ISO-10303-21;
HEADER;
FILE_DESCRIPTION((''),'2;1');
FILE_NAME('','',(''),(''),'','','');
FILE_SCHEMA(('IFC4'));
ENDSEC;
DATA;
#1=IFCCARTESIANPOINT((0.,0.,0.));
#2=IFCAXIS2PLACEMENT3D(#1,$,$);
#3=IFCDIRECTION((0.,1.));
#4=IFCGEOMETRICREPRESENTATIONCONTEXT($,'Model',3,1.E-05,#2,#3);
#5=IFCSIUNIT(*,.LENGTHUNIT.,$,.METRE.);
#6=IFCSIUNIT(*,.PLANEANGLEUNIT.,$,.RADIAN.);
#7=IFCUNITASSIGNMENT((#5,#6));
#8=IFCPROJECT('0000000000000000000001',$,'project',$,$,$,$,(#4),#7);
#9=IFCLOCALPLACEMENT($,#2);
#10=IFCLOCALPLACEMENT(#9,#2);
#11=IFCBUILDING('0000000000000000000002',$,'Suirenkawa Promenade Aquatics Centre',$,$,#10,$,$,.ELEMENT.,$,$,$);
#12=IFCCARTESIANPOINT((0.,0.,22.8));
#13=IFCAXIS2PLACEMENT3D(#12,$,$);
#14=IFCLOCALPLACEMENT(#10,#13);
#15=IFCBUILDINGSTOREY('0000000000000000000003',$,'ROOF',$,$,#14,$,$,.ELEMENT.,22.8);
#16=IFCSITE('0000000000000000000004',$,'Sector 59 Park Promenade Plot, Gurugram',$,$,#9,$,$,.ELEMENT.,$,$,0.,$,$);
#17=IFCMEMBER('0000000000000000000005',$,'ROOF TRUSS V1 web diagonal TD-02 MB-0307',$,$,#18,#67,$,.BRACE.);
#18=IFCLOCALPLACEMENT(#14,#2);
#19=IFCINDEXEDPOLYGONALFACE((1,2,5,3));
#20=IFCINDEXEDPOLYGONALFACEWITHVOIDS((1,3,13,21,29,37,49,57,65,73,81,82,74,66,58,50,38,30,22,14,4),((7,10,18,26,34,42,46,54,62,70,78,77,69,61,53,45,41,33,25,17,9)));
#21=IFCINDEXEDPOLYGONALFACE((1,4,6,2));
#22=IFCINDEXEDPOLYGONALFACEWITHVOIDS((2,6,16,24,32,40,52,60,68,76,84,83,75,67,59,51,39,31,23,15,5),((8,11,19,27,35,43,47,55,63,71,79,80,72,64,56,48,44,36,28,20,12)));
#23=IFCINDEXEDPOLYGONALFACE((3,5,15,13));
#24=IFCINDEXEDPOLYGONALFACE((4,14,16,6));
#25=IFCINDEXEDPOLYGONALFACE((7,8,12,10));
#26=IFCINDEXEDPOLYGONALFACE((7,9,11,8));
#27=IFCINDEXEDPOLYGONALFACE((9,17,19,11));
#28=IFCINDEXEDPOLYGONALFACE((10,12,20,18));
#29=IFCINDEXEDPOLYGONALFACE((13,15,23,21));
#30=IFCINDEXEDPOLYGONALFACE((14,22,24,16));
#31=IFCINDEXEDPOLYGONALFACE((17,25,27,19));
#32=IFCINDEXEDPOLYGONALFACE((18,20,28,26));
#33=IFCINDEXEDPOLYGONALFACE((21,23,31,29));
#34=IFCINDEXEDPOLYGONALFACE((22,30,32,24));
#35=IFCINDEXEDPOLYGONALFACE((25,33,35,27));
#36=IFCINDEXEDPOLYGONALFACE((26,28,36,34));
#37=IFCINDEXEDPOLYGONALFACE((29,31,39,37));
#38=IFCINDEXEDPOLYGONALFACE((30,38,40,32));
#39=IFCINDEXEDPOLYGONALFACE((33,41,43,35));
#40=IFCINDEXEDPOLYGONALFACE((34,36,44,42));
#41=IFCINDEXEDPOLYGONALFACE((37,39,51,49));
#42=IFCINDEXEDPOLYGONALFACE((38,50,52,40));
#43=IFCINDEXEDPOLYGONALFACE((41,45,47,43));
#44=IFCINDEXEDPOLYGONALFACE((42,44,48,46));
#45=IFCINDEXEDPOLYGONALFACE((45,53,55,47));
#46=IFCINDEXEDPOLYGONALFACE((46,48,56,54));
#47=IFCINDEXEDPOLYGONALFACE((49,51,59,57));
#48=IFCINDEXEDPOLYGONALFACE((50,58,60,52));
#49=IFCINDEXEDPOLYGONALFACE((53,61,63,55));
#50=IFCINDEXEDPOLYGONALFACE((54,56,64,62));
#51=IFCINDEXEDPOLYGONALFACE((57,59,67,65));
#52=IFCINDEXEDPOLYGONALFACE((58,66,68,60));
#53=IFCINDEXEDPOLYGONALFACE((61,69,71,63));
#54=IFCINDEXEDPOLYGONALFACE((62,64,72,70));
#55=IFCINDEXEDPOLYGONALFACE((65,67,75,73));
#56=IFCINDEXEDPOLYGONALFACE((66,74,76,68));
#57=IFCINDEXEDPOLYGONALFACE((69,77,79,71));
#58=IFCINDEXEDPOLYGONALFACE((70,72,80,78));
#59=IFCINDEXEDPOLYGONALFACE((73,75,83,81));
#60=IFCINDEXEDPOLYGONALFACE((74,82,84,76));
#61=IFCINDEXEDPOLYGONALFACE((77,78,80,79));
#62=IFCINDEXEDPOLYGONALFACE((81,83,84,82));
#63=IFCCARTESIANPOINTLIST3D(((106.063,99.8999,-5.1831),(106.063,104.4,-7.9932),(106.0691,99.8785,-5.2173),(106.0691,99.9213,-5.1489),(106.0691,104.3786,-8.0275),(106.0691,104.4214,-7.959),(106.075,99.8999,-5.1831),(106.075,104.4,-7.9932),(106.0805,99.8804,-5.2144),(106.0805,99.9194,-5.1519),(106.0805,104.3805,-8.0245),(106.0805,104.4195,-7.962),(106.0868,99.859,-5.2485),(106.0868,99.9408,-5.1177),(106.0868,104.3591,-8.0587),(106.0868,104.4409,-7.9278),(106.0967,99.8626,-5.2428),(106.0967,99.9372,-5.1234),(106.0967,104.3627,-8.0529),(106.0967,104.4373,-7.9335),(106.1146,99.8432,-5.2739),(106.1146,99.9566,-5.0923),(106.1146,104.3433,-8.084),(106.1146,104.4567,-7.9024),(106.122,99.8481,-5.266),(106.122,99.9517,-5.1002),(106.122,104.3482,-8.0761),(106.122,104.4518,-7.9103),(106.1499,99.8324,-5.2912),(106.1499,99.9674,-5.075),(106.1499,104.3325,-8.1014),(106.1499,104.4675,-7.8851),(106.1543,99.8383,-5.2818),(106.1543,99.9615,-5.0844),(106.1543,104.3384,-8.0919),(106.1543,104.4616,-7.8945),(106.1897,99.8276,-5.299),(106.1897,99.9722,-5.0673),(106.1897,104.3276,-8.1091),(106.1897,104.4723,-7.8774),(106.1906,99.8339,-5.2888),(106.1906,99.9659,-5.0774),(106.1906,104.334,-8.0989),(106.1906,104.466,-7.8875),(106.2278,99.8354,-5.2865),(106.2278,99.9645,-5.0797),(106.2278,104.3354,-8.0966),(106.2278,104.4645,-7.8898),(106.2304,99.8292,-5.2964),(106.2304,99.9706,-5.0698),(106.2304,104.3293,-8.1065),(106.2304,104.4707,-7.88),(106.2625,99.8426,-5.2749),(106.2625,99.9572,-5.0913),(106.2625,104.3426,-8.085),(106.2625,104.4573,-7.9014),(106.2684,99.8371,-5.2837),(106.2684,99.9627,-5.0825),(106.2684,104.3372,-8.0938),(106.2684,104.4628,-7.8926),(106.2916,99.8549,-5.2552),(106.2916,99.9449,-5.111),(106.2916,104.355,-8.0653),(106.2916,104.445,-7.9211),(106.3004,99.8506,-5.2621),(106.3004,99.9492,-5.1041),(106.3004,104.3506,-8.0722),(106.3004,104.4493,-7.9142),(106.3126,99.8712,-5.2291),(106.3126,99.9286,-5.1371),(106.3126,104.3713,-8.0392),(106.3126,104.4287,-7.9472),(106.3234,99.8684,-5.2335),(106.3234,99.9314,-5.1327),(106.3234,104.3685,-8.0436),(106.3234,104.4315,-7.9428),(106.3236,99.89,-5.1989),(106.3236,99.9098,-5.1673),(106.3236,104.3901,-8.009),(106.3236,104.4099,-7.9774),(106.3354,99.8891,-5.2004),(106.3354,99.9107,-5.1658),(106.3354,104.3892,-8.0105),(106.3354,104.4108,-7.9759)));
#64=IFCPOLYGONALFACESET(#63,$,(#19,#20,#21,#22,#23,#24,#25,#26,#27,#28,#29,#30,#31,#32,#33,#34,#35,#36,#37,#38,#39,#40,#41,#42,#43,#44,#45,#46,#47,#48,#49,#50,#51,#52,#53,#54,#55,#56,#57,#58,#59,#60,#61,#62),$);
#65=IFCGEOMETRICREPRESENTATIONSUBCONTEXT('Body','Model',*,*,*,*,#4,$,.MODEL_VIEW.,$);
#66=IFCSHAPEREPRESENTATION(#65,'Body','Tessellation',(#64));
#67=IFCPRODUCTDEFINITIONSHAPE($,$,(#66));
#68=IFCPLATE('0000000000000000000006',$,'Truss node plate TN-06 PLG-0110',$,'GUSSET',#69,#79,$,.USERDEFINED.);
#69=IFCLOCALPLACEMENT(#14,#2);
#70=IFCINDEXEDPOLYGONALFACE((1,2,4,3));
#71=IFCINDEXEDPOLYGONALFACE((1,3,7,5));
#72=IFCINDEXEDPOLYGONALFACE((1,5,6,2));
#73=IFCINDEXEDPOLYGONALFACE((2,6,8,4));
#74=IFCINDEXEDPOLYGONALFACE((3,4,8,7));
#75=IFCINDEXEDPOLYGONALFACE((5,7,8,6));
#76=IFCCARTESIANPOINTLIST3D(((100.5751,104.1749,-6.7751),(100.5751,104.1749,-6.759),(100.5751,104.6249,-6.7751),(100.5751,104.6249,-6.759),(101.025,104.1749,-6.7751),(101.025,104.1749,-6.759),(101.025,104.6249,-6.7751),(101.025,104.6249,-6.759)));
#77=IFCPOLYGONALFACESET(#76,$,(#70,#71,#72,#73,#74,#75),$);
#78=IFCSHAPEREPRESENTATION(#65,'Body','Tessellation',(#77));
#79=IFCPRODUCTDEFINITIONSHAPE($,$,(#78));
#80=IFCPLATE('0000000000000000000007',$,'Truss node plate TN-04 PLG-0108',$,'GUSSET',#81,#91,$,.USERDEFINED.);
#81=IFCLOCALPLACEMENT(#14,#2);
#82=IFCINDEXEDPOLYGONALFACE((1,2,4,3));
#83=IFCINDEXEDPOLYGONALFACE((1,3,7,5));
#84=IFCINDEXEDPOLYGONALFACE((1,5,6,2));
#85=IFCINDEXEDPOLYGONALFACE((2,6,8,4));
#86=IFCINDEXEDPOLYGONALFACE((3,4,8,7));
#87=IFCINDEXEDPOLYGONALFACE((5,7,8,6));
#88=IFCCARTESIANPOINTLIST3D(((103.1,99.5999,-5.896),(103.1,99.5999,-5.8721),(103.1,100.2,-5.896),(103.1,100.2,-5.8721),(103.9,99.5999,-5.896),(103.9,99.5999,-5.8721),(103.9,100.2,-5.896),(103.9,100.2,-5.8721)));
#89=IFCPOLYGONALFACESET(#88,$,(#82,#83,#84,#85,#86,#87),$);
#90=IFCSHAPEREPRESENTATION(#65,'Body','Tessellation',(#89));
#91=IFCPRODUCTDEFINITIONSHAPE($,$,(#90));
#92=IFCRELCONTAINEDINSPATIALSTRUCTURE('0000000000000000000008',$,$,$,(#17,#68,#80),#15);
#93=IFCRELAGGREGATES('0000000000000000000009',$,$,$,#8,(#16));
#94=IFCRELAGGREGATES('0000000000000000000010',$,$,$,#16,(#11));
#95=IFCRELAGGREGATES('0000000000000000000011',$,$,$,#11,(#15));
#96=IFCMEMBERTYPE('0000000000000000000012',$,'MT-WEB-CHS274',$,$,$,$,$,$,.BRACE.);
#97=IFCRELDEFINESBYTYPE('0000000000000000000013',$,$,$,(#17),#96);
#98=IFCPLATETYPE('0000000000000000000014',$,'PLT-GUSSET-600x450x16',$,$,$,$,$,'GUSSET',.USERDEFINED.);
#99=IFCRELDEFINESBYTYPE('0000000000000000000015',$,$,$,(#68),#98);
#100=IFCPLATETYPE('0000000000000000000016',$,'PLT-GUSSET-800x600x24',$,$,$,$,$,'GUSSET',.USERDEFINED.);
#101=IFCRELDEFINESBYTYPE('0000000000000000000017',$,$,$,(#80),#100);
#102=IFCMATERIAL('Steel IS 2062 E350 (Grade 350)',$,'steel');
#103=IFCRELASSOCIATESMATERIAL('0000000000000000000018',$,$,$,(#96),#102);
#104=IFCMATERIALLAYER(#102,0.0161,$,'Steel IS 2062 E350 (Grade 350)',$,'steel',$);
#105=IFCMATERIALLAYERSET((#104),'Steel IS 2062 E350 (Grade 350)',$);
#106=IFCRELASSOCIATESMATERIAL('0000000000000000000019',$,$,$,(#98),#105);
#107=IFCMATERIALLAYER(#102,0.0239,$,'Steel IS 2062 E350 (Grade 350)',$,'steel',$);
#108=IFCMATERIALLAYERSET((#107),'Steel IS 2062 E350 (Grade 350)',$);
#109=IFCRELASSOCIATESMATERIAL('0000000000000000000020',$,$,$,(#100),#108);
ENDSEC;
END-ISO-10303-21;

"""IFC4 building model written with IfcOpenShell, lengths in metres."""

from ifc_helpers import new_model, si_unit, direction, frame, origin, origin_2d, place, context, subcontext, project, spatial, rectangle, hollow_circle, extrude, material, layer, layer_set, material_profile, profile_set, type_object, element, save


model = new_model("IFC4")

# Units and contexts
model_context = context("Model", 3, precision=1e-05, world=origin(), true_north=direction((0.0, 1.0)))
body_context = subcontext(model_context, "Body", "Model", "MODEL_VIEW")
ifc_project = project(units=[si_unit("LENGTHUNIT", "METRE"), si_unit("PLANEANGLEUNIT", "RADIAN")], contexts=[model_context])

# Site, building, storey
site_placement = place(None, origin())
site = spatial("IfcSite", under=ifc_project, at=site_placement, Name="Sector 59 Park Promenade Plot, Gurugram", CompositionType="ELEMENT", RefElevation=0.0)
building_placement = place(site_placement, origin())
building = spatial("IfcBuilding", under=site, at=building_placement, Name="Suirenkawa Promenade Aquatics Centre", CompositionType="ELEMENT")
storey_placement = place(building_placement, frame((0.0, 0.0, 22.8)))
storey = spatial("IfcBuildingStorey", under=building, at=storey_placement, Name="ROOF", CompositionType="ELEMENT", Elevation=22.8)

# Shared definitions
ifc_material = material(Name="Steel IS 2062 E350 (Grade 350)", Category="steel")

# Member
ifc_material_profile_1 = material_profile(ifc_material, hollow_circle(Radius=0.137, WallThickness=0.012, at=origin_2d()), Name="CHS 274x12", Category="steel")
ifc_profile_set_1 = profile_set([ifc_material_profile_1], Name="Steel IS 2062 E350 (Grade 350)")
member_type_1 = type_object("IfcMemberType", Name="MT-WEB-CHS274", PredefinedType="BRACE", material=ifc_profile_set_1)
member_1_placement = place(storey_placement, frame((106.2, 99.8999, -5.1831), z_axis=(0.0, 0.848205, -0.529668), x_axis=(-1.0, 0.0, 0.0)))
element("IfcMember", 1, at=member_1_placement, inside=storey, type_object=member_type_1, Name="ROOF TRUSS V1 web diagonal TD-02 MB-0307", PredefinedType="BRACE", context=body_context, shape_type="SweptSolid", body=[
    extrude(hollow_circle(Radius=0.137, WallThickness=0.012, at=origin_2d()), origin(), (0.0, 0.0, 1.0), 5.3054),
])

# Plates
ifc_layer_1 = layer(ifc_material, 0.0161, Name="Steel IS 2062 E350 (Grade 350)", Category="steel")
ifc_layer_set_1 = layer_set([ifc_layer_1], Name="Steel IS 2062 E350 (Grade 350)")
plate_type_1 = type_object("IfcPlateType", Name="PLT-GUSSET-600x450x16", ElementType="GUSSET", PredefinedType="USERDEFINED", material=ifc_layer_set_1)
plate_1_placement = place(storey_placement, frame((100.8, 104.3999, -6.7751), z_axis=(0.0, 0.0, 1.0), x_axis=(1.0, 0.0, 0.0)))
element("IfcPlate", 2, at=plate_1_placement, inside=storey, type_object=plate_type_1, Name="Truss node plate TN-06 PLG-0110", ObjectType="GUSSET", PredefinedType="USERDEFINED", context=body_context, shape_type="SweptSolid", body=[
    extrude(rectangle(XDim=0.45, YDim=0.45, at=origin_2d()), origin(), (0.0, 0.0, 1.0), 0.0161),
])
ifc_layer_2 = layer(ifc_material, 0.0239, Name="Steel IS 2062 E350 (Grade 350)", Category="steel")
ifc_layer_set_2 = layer_set([ifc_layer_2], Name="Steel IS 2062 E350 (Grade 350)")
plate_type_2 = type_object("IfcPlateType", Name="PLT-GUSSET-800x600x24", ElementType="GUSSET", PredefinedType="USERDEFINED", material=ifc_layer_set_2)
plate_2_placement = place(storey_placement, frame((103.5, 99.8999, -5.896), z_axis=(0.0, 0.0, 1.0), x_axis=(1.0, 0.0, 0.0)))
element("IfcPlate", 3, at=plate_2_placement, inside=storey, type_object=plate_type_2, Name="Truss node plate TN-04 PLG-0108", ObjectType="GUSSET", PredefinedType="USERDEFINED", context=body_context, shape_type="SweptSolid", body=[
    extrude(rectangle(XDim=0.8, YDim=0.6001, at=origin_2d()), origin(), (0.0, 0.0, 1.0), 0.0239),
])

save(model, "model.ifc")
